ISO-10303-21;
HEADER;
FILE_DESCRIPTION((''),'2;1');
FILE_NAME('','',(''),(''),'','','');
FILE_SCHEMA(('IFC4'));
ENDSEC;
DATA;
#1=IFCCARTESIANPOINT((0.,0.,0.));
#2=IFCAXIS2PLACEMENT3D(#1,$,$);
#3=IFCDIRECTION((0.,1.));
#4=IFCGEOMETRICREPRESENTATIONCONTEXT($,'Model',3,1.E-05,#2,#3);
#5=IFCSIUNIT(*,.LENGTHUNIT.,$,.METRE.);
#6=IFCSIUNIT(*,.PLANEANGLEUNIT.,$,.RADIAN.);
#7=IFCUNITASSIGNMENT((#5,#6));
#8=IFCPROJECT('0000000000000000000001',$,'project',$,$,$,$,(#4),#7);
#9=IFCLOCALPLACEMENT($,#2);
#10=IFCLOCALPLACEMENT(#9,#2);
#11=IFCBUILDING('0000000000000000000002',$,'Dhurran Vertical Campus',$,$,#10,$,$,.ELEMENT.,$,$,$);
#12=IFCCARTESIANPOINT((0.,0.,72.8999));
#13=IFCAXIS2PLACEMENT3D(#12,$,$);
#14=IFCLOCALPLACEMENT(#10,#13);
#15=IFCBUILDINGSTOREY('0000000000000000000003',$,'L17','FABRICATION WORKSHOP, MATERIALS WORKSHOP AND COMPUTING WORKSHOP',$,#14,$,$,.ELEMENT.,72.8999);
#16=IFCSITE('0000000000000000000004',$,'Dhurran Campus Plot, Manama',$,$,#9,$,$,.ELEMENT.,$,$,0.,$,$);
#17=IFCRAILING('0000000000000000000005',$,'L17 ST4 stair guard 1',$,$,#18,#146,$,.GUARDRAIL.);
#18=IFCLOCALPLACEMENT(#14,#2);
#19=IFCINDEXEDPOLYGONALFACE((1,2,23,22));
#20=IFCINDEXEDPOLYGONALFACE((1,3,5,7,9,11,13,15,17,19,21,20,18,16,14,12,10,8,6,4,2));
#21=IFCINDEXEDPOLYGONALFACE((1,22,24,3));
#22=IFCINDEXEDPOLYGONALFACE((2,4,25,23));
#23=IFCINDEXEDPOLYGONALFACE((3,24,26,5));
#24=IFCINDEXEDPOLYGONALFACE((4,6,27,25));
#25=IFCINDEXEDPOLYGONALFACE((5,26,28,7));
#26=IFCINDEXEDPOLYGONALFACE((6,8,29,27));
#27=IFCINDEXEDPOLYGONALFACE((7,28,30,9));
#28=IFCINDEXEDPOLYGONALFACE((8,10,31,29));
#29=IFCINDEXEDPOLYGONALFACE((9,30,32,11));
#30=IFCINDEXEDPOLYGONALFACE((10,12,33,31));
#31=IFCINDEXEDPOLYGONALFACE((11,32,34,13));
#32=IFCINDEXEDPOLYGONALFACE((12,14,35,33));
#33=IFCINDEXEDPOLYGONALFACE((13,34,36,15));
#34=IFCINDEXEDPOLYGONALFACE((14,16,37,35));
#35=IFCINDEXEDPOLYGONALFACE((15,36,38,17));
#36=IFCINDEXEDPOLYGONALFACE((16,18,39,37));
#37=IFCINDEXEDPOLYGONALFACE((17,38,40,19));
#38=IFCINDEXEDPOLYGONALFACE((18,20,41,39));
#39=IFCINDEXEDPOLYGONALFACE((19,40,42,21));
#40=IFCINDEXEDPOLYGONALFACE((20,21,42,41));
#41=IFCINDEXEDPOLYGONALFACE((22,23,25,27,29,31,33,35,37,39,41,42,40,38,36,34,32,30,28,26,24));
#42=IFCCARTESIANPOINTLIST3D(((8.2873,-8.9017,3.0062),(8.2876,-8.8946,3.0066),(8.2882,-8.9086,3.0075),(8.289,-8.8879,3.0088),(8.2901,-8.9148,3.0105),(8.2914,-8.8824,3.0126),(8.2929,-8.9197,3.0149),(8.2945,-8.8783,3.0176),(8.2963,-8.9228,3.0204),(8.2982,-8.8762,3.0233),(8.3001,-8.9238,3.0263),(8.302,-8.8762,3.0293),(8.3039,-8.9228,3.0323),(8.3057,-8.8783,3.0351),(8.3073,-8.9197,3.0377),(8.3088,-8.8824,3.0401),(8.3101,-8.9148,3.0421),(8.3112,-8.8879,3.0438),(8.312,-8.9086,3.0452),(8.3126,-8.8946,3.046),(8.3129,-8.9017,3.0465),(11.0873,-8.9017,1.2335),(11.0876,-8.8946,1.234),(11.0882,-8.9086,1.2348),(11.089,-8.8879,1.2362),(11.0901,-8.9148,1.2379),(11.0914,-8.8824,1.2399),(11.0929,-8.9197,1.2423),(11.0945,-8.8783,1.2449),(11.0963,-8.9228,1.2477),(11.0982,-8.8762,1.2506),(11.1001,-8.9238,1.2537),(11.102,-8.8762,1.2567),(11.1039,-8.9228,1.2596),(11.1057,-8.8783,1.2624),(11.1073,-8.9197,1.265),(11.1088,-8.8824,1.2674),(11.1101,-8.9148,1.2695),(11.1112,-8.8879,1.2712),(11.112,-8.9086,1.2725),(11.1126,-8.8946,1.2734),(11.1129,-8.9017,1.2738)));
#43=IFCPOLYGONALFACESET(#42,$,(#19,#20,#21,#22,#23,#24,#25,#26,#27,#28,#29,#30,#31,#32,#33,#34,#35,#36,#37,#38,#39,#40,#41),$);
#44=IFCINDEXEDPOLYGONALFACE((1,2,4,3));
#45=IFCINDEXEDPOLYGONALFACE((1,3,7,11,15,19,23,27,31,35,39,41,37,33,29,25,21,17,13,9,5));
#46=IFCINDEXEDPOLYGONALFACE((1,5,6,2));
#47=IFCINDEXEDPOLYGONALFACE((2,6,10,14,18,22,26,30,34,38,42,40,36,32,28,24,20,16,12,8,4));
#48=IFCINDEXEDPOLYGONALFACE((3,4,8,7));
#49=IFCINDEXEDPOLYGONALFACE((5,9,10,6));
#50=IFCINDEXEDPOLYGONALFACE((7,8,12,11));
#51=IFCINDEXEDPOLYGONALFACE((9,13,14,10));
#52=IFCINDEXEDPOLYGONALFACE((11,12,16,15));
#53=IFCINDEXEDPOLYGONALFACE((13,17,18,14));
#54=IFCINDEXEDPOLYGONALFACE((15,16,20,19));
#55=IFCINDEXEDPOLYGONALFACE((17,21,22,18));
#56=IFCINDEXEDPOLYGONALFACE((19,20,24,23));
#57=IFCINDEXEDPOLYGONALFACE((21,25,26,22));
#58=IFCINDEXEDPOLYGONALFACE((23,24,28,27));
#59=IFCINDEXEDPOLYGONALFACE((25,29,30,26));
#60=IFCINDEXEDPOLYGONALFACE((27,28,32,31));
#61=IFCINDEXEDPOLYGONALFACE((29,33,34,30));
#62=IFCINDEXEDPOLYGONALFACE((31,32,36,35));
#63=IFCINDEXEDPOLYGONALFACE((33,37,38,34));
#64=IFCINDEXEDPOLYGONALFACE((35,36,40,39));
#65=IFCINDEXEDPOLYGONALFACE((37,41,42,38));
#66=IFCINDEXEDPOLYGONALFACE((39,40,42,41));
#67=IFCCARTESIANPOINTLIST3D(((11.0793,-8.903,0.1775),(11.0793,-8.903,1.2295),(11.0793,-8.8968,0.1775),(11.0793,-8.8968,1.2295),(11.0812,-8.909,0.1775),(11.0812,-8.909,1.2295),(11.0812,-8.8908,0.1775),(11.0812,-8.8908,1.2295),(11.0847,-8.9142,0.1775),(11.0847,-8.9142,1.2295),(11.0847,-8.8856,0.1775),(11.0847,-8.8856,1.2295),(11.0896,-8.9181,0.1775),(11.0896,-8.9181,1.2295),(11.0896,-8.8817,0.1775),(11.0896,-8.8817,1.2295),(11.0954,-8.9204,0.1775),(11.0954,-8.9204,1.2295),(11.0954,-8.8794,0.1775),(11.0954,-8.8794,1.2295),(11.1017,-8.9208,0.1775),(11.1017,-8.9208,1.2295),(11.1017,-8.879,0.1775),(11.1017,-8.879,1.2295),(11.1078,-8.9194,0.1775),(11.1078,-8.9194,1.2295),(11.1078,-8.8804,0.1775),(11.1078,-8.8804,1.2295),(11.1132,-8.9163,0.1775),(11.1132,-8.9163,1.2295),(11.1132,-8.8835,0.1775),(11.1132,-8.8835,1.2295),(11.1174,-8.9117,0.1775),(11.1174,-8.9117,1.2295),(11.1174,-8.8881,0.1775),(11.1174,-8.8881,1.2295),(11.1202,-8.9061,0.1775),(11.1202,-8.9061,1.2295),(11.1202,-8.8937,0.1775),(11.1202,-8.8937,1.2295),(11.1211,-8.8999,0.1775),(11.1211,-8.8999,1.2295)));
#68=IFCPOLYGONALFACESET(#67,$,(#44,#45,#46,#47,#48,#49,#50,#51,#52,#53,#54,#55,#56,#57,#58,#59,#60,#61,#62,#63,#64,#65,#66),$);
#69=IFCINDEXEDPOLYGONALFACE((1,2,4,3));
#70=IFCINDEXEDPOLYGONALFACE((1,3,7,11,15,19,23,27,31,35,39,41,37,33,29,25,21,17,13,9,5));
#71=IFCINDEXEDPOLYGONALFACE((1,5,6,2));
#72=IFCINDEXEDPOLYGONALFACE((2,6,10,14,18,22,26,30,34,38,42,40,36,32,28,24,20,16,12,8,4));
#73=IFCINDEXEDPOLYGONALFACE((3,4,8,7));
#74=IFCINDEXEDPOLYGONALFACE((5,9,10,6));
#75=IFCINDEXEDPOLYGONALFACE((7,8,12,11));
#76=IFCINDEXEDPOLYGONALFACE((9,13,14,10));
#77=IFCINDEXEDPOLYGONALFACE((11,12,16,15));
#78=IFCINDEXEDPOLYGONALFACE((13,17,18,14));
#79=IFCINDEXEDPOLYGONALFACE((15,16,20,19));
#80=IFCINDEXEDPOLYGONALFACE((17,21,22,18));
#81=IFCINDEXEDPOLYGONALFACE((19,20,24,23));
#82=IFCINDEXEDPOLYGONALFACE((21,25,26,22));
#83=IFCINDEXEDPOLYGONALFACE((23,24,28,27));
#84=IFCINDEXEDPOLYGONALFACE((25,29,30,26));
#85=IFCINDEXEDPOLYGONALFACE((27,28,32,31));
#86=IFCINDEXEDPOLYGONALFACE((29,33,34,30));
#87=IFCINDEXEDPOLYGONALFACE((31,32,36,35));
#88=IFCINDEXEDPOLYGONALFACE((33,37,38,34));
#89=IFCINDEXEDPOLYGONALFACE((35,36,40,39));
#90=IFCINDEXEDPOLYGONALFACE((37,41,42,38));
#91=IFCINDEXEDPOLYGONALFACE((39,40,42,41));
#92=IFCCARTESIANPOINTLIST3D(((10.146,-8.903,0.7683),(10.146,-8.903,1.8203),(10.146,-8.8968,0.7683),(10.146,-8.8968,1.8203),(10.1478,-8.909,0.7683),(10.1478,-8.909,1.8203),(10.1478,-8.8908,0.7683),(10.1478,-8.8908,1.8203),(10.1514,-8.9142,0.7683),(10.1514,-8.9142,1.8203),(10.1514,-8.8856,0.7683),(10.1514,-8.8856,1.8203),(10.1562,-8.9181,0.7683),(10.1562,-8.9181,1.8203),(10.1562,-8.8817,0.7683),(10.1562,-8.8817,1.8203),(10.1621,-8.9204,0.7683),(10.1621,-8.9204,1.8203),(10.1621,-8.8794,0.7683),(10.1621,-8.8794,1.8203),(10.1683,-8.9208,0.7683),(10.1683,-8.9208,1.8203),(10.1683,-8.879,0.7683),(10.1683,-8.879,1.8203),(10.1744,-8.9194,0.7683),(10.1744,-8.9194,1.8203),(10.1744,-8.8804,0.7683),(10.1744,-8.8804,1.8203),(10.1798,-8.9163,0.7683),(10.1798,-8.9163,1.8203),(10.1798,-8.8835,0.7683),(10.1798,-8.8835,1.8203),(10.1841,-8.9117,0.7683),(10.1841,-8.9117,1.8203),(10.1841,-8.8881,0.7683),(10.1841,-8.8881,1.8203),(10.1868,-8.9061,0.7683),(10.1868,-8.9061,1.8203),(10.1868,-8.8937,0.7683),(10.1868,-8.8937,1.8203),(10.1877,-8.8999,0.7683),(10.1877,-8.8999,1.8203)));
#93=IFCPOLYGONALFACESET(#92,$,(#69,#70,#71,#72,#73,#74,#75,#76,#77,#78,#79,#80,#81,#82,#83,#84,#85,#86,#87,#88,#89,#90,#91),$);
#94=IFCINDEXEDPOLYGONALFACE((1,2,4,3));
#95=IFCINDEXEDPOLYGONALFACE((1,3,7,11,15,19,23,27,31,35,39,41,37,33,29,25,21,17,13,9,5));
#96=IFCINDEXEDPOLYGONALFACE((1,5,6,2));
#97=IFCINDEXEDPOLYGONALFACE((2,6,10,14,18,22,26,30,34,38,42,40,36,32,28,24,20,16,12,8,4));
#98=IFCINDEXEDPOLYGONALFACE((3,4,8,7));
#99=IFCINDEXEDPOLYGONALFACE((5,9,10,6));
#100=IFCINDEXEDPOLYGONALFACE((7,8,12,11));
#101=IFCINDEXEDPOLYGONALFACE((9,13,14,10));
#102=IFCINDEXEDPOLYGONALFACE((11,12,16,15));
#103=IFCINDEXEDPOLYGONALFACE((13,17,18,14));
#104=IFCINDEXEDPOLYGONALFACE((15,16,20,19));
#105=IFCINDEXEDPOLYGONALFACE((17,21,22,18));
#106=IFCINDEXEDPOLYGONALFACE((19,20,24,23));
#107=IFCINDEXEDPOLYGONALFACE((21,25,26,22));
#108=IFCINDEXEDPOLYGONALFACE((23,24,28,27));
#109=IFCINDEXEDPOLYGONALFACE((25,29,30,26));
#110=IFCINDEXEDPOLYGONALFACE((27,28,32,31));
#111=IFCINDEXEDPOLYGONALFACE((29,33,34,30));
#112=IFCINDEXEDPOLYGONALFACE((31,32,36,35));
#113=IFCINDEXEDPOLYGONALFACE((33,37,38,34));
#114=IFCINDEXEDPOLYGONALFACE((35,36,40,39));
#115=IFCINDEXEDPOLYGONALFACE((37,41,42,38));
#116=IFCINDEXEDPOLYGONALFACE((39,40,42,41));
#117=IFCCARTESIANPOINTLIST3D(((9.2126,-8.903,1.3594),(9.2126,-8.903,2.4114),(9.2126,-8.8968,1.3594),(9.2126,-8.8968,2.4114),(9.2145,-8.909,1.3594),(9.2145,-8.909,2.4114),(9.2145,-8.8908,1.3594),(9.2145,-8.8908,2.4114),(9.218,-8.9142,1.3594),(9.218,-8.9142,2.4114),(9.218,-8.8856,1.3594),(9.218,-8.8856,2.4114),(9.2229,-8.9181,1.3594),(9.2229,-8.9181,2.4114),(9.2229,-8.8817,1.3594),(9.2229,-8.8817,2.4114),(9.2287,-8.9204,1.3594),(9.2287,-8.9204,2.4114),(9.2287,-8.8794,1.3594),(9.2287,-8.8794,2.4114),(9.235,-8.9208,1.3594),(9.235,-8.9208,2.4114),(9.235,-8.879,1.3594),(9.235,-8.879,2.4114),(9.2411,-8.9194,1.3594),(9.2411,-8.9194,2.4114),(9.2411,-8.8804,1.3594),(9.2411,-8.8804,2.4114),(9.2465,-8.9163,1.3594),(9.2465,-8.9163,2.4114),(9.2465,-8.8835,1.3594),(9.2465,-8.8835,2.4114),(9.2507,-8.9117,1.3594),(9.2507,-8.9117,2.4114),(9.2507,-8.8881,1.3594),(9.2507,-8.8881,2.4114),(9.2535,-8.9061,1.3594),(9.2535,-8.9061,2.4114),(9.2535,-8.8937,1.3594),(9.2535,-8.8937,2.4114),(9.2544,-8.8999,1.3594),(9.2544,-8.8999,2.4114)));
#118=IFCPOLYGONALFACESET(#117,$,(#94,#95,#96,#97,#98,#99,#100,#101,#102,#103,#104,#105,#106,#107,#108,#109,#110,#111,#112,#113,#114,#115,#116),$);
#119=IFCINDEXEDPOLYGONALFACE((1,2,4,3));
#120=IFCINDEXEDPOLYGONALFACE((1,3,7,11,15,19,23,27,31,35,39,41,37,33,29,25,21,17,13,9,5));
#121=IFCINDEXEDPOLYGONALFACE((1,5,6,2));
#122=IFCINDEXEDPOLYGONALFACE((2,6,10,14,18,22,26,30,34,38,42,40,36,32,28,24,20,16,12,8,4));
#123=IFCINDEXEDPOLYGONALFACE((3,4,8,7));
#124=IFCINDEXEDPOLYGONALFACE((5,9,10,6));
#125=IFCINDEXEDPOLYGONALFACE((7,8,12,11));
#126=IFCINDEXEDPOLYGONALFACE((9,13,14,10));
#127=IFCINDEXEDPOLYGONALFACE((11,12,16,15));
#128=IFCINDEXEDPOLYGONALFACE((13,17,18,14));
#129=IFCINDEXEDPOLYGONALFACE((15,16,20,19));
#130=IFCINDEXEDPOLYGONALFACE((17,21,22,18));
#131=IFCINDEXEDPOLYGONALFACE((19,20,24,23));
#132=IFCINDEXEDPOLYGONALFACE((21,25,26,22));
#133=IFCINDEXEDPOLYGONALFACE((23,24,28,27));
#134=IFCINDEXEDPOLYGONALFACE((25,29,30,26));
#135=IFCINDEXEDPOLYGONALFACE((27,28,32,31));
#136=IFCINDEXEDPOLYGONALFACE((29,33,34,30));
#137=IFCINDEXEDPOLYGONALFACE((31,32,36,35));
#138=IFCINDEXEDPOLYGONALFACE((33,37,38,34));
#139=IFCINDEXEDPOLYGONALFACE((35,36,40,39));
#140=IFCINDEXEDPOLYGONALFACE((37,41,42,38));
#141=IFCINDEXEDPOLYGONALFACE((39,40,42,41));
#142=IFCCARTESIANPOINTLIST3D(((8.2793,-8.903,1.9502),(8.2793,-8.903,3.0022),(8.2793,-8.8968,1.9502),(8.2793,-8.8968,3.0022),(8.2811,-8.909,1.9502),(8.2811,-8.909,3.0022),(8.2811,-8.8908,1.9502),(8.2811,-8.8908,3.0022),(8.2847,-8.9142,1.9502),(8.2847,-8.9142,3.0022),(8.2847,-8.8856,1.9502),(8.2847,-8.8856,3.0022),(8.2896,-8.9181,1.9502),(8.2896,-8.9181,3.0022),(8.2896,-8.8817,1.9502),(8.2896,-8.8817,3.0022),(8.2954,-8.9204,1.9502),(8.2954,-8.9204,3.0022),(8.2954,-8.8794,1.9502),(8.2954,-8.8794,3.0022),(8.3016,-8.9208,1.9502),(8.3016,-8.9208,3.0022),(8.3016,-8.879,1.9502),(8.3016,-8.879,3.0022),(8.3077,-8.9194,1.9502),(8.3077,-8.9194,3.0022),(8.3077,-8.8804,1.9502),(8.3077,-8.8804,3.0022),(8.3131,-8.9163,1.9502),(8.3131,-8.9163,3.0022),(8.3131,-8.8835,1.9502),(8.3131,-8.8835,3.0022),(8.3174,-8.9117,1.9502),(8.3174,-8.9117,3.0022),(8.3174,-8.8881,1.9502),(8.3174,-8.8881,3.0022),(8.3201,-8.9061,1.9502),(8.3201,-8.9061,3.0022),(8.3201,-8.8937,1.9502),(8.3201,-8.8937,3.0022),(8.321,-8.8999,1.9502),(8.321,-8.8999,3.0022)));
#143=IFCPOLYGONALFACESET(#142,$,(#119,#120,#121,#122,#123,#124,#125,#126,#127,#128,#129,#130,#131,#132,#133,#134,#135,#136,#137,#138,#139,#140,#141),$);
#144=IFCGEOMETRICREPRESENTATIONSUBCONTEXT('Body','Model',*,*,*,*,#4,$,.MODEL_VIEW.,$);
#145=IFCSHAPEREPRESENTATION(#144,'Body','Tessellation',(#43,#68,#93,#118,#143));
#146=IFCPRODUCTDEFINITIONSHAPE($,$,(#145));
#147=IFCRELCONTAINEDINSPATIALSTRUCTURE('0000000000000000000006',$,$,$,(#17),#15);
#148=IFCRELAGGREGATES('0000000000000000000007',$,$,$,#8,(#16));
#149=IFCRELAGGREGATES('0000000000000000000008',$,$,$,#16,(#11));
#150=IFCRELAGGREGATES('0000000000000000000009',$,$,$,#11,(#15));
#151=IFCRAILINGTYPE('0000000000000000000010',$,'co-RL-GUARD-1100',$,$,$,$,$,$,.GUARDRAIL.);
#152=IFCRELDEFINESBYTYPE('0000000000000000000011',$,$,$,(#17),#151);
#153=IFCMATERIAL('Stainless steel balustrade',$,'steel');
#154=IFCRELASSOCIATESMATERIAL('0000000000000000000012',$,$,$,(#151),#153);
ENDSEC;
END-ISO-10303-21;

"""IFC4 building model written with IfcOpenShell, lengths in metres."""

from ifc_helpers import new_model, si_unit, direction, frame, origin, origin_2d, place, context, subcontext, project, spatial, circle, extrude, material, type_object, element, save


model = new_model("IFC4")

# Units and contexts
model_context = context("Model", 3, precision=1e-05, world=origin(), true_north=direction((0.0, 1.0)))
body_context = subcontext(model_context, "Body", "Model", "MODEL_VIEW")
ifc_project = project(units=[si_unit("LENGTHUNIT", "METRE"), si_unit("PLANEANGLEUNIT", "RADIAN")], contexts=[model_context])

# Site, building, storey
site_placement = place(None, origin())
site = spatial("IfcSite", under=ifc_project, at=site_placement, Name="Dhurran Campus Plot, Manama", CompositionType="ELEMENT", RefElevation=0.0)
building_placement = place(site_placement, origin())
building = spatial("IfcBuilding", under=site, at=building_placement, Name="Dhurran Vertical Campus", CompositionType="ELEMENT")
storey_placement = place(building_placement, frame((0.0, 0.0, 72.8999)))
storey = spatial("IfcBuildingStorey", under=building, at=storey_placement, Name="L17", Description="FABRICATION WORKSHOP, MATERIALS WORKSHOP AND COMPUTING WORKSHOP", CompositionType="ELEMENT", Elevation=72.8999)

# Railing
ifc_material_1 = material(Name="Stainless steel balustrade", Category="steel")
railing_type_1 = type_object("IfcRailingType", Name="co-RL-GUARD-1100", PredefinedType="GUARDRAIL", material=ifc_material_1)
railing_1_placement = place(storey_placement, frame((11.1001, -8.8999, 0.1775)))
element("IfcRailing", 1, at=railing_1_placement, inside=storey, type_object=railing_type_1, Name="L17 ST4 stair guard 1", PredefinedType="GUARDRAIL", context=body_context, shape_type="SweptSolid", body=[
    extrude(circle(Radius=0.0239, at=origin_2d()), frame((0.0, 0.0, 1.0762), z_axis=(-0.844909, 0.0, 0.53491), x_axis=(0.0, -1.0, 0.0)), (0.0, 0.0, 1.0), 3.314),
    extrude(circle(Radius=0.021, at=origin_2d()), origin(), (0.0, 0.0, 1.0), 1.052),
    extrude(circle(Radius=0.021, at=origin_2d()), frame((-0.9333, 0.0, 0.5908)), (0.0, 0.0, 1.0), 1.052),
    extrude(circle(Radius=0.021, at=origin_2d()), frame((-1.8667, 0.0, 1.1819)), (0.0, 0.0, 1.0), 1.052),
    extrude(circle(Radius=0.021, at=origin_2d()), frame((-2.8, 0.0, 1.7727)), (0.0, 0.0, 1.0), 1.052),
])

save(model, "model.ifc")
